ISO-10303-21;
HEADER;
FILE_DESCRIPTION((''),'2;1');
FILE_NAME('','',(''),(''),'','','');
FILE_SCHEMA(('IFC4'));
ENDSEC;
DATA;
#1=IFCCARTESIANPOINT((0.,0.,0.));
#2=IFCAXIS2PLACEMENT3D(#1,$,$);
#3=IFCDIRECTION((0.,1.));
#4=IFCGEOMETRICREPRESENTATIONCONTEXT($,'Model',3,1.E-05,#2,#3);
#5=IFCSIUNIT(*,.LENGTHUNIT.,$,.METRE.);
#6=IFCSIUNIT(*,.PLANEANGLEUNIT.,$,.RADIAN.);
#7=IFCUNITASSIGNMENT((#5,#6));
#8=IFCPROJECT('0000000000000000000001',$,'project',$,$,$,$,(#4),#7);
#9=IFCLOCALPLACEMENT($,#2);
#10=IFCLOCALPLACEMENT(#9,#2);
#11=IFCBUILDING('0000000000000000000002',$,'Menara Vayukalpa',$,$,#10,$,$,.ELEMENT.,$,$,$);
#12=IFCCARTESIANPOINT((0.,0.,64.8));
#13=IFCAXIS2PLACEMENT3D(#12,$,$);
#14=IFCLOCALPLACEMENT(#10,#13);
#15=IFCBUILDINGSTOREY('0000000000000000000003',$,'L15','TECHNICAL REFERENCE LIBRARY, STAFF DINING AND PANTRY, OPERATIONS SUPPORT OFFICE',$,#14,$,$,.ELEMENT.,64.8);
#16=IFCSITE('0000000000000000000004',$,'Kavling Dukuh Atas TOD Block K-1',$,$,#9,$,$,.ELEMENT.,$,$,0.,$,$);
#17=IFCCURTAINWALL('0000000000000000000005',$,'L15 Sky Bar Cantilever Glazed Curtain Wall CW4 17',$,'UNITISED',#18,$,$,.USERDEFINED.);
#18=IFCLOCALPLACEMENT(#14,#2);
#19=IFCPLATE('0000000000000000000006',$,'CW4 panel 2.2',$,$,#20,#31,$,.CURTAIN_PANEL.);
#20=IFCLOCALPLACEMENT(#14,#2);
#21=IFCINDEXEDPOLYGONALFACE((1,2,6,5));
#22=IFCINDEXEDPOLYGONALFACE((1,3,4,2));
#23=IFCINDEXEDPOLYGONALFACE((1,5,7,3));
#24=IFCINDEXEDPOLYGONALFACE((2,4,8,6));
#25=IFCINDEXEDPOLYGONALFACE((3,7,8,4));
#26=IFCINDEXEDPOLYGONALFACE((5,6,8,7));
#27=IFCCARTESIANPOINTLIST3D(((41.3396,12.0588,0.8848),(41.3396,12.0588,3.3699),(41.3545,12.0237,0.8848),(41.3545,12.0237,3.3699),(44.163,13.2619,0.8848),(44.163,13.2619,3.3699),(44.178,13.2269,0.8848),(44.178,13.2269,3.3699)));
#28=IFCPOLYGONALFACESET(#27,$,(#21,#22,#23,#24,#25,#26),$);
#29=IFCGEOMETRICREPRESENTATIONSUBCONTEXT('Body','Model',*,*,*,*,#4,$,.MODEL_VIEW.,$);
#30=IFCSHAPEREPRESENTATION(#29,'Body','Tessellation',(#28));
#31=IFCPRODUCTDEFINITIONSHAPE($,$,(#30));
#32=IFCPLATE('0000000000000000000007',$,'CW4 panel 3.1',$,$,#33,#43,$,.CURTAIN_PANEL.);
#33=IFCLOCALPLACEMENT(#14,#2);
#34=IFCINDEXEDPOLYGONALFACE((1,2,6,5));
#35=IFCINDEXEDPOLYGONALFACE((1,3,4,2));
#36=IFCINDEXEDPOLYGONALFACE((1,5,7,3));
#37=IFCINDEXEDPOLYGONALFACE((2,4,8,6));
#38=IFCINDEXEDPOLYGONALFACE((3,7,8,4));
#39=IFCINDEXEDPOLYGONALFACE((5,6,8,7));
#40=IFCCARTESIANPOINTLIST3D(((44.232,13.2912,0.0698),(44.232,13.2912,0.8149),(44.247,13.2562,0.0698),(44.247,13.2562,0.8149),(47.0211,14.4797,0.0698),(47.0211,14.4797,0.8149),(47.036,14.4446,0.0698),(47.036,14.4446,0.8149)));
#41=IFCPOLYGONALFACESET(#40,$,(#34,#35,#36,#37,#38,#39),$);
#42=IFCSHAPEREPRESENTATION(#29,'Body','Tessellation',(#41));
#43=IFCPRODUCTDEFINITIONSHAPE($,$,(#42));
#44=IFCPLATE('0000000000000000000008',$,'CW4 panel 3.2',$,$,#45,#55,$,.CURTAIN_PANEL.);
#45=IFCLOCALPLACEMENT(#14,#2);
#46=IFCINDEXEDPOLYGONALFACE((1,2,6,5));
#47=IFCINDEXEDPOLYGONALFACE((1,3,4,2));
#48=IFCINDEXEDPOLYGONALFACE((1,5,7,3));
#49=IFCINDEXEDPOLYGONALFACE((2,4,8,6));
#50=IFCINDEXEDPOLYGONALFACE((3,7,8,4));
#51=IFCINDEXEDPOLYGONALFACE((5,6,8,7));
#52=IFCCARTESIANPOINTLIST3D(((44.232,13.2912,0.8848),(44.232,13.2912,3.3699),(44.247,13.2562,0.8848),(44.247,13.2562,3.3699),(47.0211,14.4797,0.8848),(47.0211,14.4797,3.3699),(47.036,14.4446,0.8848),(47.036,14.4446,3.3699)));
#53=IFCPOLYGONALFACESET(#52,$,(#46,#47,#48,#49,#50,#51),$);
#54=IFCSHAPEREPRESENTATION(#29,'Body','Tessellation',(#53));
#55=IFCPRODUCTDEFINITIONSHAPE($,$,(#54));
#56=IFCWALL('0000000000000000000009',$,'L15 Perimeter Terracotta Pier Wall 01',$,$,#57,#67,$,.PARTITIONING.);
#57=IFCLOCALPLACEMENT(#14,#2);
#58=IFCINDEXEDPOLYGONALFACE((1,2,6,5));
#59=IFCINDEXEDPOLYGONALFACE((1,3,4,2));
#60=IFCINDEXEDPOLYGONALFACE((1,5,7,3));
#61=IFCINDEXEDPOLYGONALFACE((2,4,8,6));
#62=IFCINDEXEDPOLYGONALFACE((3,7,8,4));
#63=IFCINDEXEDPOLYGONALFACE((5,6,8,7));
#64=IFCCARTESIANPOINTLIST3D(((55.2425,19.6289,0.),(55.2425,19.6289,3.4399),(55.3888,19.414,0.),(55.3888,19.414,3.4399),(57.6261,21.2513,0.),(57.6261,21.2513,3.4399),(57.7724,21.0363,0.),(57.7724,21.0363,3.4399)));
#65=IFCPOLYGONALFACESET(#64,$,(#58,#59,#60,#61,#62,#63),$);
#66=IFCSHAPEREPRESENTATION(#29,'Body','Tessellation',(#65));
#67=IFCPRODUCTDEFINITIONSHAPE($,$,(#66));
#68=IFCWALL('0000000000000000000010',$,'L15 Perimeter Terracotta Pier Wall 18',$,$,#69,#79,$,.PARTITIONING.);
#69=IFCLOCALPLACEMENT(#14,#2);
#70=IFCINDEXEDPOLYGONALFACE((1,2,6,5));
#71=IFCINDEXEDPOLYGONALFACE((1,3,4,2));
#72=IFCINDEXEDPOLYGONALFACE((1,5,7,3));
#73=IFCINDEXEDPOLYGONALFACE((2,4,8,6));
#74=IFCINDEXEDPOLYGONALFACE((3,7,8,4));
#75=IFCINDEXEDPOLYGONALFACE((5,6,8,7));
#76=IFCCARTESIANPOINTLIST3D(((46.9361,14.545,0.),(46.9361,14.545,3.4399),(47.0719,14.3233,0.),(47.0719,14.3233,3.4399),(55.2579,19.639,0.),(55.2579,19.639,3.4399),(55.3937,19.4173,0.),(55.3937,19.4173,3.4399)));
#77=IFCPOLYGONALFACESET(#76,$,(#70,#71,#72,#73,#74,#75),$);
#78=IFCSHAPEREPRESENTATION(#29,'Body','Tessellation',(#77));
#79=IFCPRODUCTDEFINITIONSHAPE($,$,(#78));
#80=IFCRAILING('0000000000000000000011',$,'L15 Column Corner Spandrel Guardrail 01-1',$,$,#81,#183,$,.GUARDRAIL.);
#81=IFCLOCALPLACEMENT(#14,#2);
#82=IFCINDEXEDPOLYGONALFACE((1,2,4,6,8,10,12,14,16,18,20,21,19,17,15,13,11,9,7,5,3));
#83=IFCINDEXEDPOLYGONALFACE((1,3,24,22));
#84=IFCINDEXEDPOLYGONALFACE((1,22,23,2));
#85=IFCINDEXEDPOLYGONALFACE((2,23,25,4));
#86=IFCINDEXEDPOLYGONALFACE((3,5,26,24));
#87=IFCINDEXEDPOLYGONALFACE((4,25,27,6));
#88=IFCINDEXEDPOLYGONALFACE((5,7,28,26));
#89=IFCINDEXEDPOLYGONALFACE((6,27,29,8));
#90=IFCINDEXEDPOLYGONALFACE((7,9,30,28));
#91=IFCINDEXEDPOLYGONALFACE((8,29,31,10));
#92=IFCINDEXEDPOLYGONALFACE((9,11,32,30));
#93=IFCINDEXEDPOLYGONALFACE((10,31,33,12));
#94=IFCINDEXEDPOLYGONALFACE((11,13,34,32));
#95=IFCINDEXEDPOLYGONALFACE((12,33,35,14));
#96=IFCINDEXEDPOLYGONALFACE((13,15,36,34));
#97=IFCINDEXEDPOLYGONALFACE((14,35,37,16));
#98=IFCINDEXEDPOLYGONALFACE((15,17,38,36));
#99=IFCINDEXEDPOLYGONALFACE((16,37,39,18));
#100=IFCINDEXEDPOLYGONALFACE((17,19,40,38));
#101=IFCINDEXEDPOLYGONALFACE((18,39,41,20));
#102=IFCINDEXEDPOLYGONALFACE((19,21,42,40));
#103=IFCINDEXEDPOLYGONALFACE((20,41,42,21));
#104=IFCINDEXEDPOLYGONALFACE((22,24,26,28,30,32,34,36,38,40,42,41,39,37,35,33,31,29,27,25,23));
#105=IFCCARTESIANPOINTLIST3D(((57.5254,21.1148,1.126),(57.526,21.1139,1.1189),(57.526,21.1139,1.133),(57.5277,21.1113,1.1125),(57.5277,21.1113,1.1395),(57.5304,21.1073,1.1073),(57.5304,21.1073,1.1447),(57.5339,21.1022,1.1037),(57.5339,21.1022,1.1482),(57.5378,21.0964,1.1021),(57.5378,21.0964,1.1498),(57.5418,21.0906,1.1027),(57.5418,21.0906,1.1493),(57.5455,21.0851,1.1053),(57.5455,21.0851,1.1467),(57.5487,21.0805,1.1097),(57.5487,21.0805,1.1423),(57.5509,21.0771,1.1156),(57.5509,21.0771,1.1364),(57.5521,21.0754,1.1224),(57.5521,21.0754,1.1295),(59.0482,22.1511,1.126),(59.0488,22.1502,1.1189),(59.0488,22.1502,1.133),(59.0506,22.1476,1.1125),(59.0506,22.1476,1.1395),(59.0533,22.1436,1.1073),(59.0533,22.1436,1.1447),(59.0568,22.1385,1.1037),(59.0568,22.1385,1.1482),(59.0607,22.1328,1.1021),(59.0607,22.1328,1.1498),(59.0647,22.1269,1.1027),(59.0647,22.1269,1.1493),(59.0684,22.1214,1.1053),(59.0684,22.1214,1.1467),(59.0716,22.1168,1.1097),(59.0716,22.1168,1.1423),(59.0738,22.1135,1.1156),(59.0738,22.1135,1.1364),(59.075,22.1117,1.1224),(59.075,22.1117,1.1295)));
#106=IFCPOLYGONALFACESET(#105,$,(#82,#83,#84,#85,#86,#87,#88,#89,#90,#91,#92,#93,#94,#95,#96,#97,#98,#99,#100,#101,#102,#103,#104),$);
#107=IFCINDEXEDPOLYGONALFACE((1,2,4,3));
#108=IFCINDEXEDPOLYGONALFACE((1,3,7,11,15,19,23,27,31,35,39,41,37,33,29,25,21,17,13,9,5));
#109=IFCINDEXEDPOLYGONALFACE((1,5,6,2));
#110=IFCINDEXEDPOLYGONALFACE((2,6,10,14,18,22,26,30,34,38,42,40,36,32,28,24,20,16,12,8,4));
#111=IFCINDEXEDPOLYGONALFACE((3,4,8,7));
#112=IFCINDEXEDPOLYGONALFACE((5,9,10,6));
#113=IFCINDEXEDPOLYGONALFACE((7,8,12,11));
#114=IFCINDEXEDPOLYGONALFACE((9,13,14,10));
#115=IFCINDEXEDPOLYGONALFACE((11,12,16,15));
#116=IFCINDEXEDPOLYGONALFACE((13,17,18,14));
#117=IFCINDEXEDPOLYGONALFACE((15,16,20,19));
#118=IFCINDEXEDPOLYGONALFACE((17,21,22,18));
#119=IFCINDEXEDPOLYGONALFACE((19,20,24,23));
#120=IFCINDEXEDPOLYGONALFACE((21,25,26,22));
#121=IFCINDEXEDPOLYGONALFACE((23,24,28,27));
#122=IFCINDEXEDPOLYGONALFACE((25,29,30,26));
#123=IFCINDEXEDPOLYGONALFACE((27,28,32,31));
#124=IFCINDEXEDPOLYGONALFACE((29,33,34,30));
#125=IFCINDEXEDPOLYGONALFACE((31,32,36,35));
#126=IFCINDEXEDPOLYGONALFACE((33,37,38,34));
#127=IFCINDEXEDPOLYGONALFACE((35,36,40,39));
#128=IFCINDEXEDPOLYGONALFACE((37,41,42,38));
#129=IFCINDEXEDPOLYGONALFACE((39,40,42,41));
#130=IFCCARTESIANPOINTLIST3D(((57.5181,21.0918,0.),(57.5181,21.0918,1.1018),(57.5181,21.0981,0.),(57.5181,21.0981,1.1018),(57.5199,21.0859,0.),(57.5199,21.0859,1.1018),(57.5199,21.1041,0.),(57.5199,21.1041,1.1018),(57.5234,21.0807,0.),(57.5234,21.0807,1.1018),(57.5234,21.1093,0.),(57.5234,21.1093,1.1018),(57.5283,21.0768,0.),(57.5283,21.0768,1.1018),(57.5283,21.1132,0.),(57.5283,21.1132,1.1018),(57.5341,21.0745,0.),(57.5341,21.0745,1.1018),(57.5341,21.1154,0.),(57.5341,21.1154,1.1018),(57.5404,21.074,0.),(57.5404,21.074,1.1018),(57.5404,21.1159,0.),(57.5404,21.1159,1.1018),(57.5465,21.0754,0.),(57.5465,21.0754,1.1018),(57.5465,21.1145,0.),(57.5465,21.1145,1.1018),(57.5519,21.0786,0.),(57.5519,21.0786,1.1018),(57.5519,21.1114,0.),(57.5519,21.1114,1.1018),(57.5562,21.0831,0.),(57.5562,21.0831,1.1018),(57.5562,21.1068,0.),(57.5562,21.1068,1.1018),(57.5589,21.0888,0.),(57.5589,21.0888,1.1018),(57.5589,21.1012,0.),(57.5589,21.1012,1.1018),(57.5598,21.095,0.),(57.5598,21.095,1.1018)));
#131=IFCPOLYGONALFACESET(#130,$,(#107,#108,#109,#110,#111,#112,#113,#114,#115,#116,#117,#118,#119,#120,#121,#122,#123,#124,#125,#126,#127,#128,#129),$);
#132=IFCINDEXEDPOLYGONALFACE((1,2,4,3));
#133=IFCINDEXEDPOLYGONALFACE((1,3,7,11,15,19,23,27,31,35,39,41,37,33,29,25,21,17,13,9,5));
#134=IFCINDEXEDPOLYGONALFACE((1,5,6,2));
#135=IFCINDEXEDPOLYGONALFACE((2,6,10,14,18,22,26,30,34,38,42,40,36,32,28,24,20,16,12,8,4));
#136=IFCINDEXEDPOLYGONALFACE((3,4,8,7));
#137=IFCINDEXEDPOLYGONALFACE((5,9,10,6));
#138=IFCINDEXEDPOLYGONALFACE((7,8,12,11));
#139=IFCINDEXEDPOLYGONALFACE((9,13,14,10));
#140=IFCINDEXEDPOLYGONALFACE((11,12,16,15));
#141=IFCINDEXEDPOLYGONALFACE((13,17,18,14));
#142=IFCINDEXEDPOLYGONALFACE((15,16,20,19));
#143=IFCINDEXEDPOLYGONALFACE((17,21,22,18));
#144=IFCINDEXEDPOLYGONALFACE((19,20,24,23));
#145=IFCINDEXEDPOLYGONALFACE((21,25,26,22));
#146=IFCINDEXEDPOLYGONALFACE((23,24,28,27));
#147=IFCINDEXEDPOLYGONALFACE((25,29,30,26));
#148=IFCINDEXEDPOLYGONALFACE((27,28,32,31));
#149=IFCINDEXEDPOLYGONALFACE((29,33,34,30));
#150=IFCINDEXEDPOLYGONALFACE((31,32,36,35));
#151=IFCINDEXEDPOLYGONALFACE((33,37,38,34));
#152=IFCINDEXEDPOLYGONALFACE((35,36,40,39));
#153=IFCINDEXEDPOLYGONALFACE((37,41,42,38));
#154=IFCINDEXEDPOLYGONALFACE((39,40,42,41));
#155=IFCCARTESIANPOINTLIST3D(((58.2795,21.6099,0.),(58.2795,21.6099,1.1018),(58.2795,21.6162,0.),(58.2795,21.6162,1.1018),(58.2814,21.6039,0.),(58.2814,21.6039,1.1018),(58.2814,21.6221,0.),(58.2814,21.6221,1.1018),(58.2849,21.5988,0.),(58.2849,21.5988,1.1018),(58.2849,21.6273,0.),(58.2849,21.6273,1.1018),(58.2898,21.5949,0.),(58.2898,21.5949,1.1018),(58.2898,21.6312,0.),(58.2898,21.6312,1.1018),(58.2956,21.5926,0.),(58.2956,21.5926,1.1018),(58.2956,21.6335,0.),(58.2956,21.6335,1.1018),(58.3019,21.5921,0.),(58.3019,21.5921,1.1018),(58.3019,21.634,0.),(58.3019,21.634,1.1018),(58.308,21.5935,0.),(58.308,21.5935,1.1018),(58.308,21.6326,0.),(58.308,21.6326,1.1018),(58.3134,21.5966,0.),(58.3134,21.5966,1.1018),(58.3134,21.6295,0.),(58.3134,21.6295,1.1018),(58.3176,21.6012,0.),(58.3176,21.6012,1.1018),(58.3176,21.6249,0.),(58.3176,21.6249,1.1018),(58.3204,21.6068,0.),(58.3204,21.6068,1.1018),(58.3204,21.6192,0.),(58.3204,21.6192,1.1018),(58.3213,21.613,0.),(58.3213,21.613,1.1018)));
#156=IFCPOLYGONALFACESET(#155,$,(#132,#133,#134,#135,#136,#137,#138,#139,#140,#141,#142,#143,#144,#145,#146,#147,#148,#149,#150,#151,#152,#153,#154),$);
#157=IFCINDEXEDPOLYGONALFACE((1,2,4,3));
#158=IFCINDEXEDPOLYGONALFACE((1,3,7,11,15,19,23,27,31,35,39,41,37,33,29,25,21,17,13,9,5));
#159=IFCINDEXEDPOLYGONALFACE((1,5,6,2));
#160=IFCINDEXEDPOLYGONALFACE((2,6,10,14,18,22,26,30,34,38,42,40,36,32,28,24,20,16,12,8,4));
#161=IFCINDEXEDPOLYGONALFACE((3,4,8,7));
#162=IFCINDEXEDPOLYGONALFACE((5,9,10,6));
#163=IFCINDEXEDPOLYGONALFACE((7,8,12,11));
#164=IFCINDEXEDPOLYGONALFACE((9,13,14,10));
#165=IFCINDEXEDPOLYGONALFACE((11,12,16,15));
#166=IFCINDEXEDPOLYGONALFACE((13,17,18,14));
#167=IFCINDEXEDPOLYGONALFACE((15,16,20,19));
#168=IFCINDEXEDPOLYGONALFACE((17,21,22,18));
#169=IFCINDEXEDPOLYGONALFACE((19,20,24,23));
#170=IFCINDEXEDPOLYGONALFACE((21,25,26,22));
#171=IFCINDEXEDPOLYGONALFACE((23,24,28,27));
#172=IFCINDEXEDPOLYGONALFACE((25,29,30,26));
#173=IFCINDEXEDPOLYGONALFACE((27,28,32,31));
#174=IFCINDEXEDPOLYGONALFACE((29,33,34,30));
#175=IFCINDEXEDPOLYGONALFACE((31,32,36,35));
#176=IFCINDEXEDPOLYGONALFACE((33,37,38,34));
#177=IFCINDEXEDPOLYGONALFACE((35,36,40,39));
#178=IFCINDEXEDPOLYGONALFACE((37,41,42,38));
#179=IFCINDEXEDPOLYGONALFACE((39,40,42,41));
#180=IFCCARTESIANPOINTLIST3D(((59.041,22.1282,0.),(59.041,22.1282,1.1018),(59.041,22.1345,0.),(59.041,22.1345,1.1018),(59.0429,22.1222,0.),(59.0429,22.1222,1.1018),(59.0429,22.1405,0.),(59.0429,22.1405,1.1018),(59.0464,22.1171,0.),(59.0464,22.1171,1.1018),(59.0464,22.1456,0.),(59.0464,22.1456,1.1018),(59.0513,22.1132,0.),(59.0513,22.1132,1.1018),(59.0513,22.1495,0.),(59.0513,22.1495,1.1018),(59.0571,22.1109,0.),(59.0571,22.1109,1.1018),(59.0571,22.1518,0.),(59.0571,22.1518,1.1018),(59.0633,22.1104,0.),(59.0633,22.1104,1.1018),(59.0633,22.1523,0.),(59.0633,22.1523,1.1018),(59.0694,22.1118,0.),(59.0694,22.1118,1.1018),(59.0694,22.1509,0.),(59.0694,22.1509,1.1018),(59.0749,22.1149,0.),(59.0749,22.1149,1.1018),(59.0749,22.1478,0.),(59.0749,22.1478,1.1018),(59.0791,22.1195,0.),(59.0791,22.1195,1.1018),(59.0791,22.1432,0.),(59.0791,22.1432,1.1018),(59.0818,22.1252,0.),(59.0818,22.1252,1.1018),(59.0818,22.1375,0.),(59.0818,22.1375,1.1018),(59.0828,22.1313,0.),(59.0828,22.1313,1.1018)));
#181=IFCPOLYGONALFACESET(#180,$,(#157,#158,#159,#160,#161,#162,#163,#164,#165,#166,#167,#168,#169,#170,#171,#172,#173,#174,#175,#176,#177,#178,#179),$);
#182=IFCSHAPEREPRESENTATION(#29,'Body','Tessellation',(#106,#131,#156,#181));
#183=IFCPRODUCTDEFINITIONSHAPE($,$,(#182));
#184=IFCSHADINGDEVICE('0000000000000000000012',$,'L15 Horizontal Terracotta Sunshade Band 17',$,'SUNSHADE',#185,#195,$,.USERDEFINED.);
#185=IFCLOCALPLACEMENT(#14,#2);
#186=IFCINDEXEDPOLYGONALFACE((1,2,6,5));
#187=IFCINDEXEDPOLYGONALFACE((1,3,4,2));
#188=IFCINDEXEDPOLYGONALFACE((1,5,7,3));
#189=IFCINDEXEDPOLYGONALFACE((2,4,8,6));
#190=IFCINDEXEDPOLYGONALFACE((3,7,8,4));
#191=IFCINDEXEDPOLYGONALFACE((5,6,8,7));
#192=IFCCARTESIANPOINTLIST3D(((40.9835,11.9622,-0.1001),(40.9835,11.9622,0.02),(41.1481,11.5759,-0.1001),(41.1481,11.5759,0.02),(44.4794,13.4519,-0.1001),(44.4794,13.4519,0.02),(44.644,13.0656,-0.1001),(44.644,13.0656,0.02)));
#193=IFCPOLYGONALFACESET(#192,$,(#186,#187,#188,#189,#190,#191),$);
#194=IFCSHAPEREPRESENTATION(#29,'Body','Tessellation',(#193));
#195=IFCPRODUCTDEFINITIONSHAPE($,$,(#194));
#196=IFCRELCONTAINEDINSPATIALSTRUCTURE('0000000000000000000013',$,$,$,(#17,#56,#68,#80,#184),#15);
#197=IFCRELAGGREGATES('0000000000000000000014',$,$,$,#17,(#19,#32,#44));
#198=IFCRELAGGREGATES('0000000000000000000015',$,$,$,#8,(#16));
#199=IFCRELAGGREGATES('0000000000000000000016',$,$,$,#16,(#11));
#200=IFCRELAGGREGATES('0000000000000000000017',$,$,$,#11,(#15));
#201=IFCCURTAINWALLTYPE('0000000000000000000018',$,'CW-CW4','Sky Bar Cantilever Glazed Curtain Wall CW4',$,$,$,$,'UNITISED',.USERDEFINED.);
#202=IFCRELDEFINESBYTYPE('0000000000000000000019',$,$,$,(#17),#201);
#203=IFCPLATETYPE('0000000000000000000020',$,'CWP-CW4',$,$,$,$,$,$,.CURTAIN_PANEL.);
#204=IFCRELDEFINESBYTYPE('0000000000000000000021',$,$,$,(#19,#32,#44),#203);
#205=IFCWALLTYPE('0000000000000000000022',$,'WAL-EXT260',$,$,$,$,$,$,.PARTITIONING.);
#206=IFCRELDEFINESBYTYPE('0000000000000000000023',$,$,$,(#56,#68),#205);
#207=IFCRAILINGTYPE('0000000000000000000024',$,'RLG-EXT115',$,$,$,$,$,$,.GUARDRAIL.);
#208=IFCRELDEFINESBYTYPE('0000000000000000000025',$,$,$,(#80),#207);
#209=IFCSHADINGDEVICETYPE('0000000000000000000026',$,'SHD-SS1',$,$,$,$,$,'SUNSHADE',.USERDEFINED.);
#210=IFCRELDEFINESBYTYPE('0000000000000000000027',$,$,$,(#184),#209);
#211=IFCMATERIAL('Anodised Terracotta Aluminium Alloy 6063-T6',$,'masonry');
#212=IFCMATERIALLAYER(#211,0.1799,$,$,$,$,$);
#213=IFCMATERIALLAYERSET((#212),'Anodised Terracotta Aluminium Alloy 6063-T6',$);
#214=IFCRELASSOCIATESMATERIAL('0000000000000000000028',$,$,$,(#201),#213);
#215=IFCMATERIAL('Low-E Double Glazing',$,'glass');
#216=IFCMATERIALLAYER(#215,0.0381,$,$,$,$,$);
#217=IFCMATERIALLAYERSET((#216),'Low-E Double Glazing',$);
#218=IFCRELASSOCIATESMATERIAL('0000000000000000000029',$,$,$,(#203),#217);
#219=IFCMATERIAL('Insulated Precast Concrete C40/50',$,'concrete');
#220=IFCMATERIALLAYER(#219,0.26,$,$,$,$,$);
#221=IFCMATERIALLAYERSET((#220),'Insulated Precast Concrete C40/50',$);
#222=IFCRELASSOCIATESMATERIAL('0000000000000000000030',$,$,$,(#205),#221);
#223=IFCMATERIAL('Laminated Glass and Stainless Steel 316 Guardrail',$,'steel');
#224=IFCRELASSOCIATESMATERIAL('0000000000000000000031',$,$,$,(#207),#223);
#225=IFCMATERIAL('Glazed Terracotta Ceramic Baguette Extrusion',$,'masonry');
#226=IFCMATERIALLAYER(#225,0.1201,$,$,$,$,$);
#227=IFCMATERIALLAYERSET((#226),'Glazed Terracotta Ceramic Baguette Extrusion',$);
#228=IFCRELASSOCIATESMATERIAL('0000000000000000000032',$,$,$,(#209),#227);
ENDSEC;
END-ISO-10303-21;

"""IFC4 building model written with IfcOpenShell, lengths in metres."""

from ifc_helpers import new_model, si_unit, direction, frame, frame_2d, origin, origin_2d, place, context, subcontext, project, spatial, rectangle, circle, extrude, material, layer, layer_set, type_object, element, aggregate, save


model = new_model("IFC4")

# Units and contexts
model_context = context("Model", 3, precision=1e-05, world=origin(), true_north=direction((0.0, 1.0)))
body_context = subcontext(model_context, "Body", "Model", "MODEL_VIEW")
ifc_project = project(units=[si_unit("LENGTHUNIT", "METRE"), si_unit("PLANEANGLEUNIT", "RADIAN")], contexts=[model_context])

# Site, building, storey
site_placement = place(None, origin())
site = spatial("IfcSite", under=ifc_project, at=site_placement, Name="Kavling Dukuh Atas TOD Block K-1", CompositionType="ELEMENT", RefElevation=0.0)
building_placement = place(site_placement, origin())
building = spatial("IfcBuilding", under=site, at=building_placement, Name="Menara Vayukalpa", CompositionType="ELEMENT")
storey_placement = place(building_placement, frame((0.0, 0.0, 64.8)))
storey = spatial("IfcBuildingStorey", under=building, at=storey_placement, Name="L15", Description="TECHNICAL REFERENCE LIBRARY, STAFF DINING AND PANTRY, OPERATIONS SUPPORT OFFICE", CompositionType="ELEMENT", Elevation=64.8)

# Curtain wall, plates
ifc_material_1 = material(Name="Anodised Terracotta Aluminium Alloy 6063-T6", Category="masonry")
ifc_layer_1 = layer(ifc_material_1, 0.1799)
ifc_layer_set_1 = layer_set([ifc_layer_1], Name="Anodised Terracotta Aluminium Alloy 6063-T6")
curtain_wall_type = type_object("IfcCurtainWallType", Name="CW-CW4", Description="Sky Bar Cantilever Glazed Curtain Wall CW4", ElementType="UNITISED", PredefinedType="USERDEFINED", material=ifc_layer_set_1)
curtain_wall_placement = place(storey_placement, origin())
curtain_wall = element("IfcCurtainWall", 1, at=curtain_wall_placement, inside=storey, type_object=curtain_wall_type, Name="L15 Sky Bar Cantilever Glazed Curtain Wall CW4 17", ObjectType="UNITISED", PredefinedType="USERDEFINED")
ifc_material_2 = material(Name="Low-E Double Glazing", Category="glass")
ifc_layer_2 = layer(ifc_material_2, 0.0381)
ifc_layer_set_2 = layer_set([ifc_layer_2], Name="Low-E Double Glazing")
plate_type = type_object("IfcPlateType", Name="CWP-CW4", PredefinedType="CURTAIN_PANEL", material=ifc_layer_set_2)
plate_1_placement = place(storey_placement, frame((42.7588, 12.6428, 0.8848), z_axis=(0.0, 0.0, 1.0), x_axis=(0.919962, 0.392008, 0.0)))
plate_1 = element("IfcPlate", 2, at=plate_1_placement, type_object=plate_type, Name="CW4 panel 2.2", PredefinedType="CURTAIN_PANEL", context=body_context, shape_type="SweptSolid", body=[
    extrude(rectangle(XDim=3.0691, YDim=0.0381, at=origin_2d()), origin(), (0.0, 0.0, 1.0), 2.4851),
])
plate_2_placement = place(storey_placement, frame((45.634, 13.8679, 0.0698), z_axis=(0.0, 0.0, 1.0), x_axis=(0.919962, 0.392008, 0.0)))
plate_2 = element("IfcPlate", 3, at=plate_2_placement, type_object=plate_type, Name="CW4 panel 3.1", PredefinedType="CURTAIN_PANEL", context=body_context, shape_type="SweptSolid", body=[
    extrude(rectangle(XDim=3.0317, YDim=0.0381, at=origin_2d()), origin(), (0.0, 0.0, 1.0), 0.7451),
])
plate_3_placement = place(storey_placement, frame((45.634, 13.8679, 0.8848), z_axis=(0.0, 0.0, 1.0), x_axis=(0.919962, 0.392008, 0.0)))
plate_3 = element("IfcPlate", 4, at=plate_3_placement, type_object=plate_type, Name="CW4 panel 3.2", PredefinedType="CURTAIN_PANEL", context=body_context, shape_type="SweptSolid", body=[
    extrude(rectangle(XDim=3.0317, YDim=0.0381, at=origin_2d()), origin(), (0.0, 0.0, 1.0), 2.4851),
])
aggregate(curtain_wall, [plate_1, plate_2, plate_3])

# Walls
ifc_material_3 = material(Name="Insulated Precast Concrete C40/50", Category="concrete")
ifc_layer_3 = layer(ifc_material_3, 0.26)
ifc_layer_set_3 = layer_set([ifc_layer_3], Name="Insulated Precast Concrete C40/50")
wall_type = type_object("IfcWallType", Name="WAL-EXT260", PredefinedType="PARTITIONING", material=ifc_layer_set_3)
wall_1_placement = place(storey_placement, frame((57.6992, 21.1438, 0.0), z_axis=(0.0, 0.0, 1.0), x_axis=(-0.826684, -0.562667, 0.0)))
element("IfcWall", 5, at=wall_1_placement, inside=storey, type_object=wall_type, Name="L15 Perimeter Terracotta Pier Wall 01", PredefinedType="PARTITIONING", context=body_context, shape_type="SweptSolid", body=[
    extrude(rectangle(XDim=2.8833, YDim=0.26, at=frame_2d((1.4417, 0.0))), origin(), (0.0, 0.0, 1.0), 3.4399),
])
wall_2_placement = place(storey_placement, frame((55.3257, 19.5281, 0.0), z_axis=(0.0, 0.0, 1.0), x_axis=(-0.852896, -0.522081, 0.0)))
element("IfcWall", 6, at=wall_2_placement, inside=storey, type_object=wall_type, Name="L15 Perimeter Terracotta Pier Wall 18", PredefinedType="PARTITIONING", context=body_context, shape_type="SweptSolid", body=[
    extrude(rectangle(XDim=9.7571, YDim=0.26, at=frame_2d((4.8784, 0.0))), origin(), (0.0, 0.0, 1.0), 3.4399),
])

# Railing
ifc_material_4 = material(Name="Laminated Glass and Stainless Steel 316 Guardrail", Category="steel")
railing_type = type_object("IfcRailingType", Name="RLG-EXT115", PredefinedType="GUARDRAIL", material=ifc_material_4)
railing_placement = place(storey_placement, frame((57.5388, 21.095, 0.0)))
element("IfcRailing", 7, at=railing_placement, inside=storey, type_object=railing_type, Name="L15 Column Corner Spandrel Guardrail 01-1", PredefinedType="GUARDRAIL", context=body_context, shape_type="SweptSolid", body=[
    extrude(circle(Radius=0.0239, at=origin_2d()), frame((0.0, 0.0, 1.126), z_axis=(0.826732, 0.562596, 0.0), x_axis=(-0.562596, 0.826732, 0.0)), (0.0, 0.0, 1.0), 1.842),
    extrude(circle(Radius=0.021, at=origin_2d()), origin(), (0.0, 0.0, 1.0), 1.1018),
    extrude(circle(Radius=0.021, at=origin_2d()), frame((0.7615, 0.5181, 0.0)), (0.0, 0.0, 1.0), 1.1018),
    extrude(circle(Radius=0.021, at=origin_2d()), frame((1.5229, 1.0364, 0.0)), (0.0, 0.0, 1.0), 1.1018),
])

# Shading device
ifc_material_5 = material(Name="Glazed Terracotta Ceramic Baguette Extrusion", Category="masonry")
ifc_layer_4 = layer(ifc_material_5, 0.1201)
ifc_layer_set_4 = layer_set([ifc_layer_4], Name="Glazed Terracotta Ceramic Baguette Extrusion")
shading_device_type = type_object("IfcShadingDeviceType", Name="SHD-SS1", ElementType="SUNSHADE", PredefinedType="USERDEFINED", material=ifc_layer_set_4)
shading_device_placement = place(storey_placement, frame((42.8137, 12.5139, -0.1001), z_axis=(0.0, 0.0, 1.0), x_axis=(0.919958, 0.392016, 0.0)))
element("IfcShadingDevice", 8, at=shading_device_placement, inside=storey, type_object=shading_device_type, Name="L15 Horizontal Terracotta Sunshade Band 17", ObjectType="SUNSHADE", PredefinedType="USERDEFINED", context=body_context, shape_type="SweptSolid", body=[
    extrude(rectangle(XDim=3.8, YDim=0.4199, at=origin_2d()), origin(), (0.0, 0.0, 1.0), 0.1201),
])

save(model, "model.ifc")
